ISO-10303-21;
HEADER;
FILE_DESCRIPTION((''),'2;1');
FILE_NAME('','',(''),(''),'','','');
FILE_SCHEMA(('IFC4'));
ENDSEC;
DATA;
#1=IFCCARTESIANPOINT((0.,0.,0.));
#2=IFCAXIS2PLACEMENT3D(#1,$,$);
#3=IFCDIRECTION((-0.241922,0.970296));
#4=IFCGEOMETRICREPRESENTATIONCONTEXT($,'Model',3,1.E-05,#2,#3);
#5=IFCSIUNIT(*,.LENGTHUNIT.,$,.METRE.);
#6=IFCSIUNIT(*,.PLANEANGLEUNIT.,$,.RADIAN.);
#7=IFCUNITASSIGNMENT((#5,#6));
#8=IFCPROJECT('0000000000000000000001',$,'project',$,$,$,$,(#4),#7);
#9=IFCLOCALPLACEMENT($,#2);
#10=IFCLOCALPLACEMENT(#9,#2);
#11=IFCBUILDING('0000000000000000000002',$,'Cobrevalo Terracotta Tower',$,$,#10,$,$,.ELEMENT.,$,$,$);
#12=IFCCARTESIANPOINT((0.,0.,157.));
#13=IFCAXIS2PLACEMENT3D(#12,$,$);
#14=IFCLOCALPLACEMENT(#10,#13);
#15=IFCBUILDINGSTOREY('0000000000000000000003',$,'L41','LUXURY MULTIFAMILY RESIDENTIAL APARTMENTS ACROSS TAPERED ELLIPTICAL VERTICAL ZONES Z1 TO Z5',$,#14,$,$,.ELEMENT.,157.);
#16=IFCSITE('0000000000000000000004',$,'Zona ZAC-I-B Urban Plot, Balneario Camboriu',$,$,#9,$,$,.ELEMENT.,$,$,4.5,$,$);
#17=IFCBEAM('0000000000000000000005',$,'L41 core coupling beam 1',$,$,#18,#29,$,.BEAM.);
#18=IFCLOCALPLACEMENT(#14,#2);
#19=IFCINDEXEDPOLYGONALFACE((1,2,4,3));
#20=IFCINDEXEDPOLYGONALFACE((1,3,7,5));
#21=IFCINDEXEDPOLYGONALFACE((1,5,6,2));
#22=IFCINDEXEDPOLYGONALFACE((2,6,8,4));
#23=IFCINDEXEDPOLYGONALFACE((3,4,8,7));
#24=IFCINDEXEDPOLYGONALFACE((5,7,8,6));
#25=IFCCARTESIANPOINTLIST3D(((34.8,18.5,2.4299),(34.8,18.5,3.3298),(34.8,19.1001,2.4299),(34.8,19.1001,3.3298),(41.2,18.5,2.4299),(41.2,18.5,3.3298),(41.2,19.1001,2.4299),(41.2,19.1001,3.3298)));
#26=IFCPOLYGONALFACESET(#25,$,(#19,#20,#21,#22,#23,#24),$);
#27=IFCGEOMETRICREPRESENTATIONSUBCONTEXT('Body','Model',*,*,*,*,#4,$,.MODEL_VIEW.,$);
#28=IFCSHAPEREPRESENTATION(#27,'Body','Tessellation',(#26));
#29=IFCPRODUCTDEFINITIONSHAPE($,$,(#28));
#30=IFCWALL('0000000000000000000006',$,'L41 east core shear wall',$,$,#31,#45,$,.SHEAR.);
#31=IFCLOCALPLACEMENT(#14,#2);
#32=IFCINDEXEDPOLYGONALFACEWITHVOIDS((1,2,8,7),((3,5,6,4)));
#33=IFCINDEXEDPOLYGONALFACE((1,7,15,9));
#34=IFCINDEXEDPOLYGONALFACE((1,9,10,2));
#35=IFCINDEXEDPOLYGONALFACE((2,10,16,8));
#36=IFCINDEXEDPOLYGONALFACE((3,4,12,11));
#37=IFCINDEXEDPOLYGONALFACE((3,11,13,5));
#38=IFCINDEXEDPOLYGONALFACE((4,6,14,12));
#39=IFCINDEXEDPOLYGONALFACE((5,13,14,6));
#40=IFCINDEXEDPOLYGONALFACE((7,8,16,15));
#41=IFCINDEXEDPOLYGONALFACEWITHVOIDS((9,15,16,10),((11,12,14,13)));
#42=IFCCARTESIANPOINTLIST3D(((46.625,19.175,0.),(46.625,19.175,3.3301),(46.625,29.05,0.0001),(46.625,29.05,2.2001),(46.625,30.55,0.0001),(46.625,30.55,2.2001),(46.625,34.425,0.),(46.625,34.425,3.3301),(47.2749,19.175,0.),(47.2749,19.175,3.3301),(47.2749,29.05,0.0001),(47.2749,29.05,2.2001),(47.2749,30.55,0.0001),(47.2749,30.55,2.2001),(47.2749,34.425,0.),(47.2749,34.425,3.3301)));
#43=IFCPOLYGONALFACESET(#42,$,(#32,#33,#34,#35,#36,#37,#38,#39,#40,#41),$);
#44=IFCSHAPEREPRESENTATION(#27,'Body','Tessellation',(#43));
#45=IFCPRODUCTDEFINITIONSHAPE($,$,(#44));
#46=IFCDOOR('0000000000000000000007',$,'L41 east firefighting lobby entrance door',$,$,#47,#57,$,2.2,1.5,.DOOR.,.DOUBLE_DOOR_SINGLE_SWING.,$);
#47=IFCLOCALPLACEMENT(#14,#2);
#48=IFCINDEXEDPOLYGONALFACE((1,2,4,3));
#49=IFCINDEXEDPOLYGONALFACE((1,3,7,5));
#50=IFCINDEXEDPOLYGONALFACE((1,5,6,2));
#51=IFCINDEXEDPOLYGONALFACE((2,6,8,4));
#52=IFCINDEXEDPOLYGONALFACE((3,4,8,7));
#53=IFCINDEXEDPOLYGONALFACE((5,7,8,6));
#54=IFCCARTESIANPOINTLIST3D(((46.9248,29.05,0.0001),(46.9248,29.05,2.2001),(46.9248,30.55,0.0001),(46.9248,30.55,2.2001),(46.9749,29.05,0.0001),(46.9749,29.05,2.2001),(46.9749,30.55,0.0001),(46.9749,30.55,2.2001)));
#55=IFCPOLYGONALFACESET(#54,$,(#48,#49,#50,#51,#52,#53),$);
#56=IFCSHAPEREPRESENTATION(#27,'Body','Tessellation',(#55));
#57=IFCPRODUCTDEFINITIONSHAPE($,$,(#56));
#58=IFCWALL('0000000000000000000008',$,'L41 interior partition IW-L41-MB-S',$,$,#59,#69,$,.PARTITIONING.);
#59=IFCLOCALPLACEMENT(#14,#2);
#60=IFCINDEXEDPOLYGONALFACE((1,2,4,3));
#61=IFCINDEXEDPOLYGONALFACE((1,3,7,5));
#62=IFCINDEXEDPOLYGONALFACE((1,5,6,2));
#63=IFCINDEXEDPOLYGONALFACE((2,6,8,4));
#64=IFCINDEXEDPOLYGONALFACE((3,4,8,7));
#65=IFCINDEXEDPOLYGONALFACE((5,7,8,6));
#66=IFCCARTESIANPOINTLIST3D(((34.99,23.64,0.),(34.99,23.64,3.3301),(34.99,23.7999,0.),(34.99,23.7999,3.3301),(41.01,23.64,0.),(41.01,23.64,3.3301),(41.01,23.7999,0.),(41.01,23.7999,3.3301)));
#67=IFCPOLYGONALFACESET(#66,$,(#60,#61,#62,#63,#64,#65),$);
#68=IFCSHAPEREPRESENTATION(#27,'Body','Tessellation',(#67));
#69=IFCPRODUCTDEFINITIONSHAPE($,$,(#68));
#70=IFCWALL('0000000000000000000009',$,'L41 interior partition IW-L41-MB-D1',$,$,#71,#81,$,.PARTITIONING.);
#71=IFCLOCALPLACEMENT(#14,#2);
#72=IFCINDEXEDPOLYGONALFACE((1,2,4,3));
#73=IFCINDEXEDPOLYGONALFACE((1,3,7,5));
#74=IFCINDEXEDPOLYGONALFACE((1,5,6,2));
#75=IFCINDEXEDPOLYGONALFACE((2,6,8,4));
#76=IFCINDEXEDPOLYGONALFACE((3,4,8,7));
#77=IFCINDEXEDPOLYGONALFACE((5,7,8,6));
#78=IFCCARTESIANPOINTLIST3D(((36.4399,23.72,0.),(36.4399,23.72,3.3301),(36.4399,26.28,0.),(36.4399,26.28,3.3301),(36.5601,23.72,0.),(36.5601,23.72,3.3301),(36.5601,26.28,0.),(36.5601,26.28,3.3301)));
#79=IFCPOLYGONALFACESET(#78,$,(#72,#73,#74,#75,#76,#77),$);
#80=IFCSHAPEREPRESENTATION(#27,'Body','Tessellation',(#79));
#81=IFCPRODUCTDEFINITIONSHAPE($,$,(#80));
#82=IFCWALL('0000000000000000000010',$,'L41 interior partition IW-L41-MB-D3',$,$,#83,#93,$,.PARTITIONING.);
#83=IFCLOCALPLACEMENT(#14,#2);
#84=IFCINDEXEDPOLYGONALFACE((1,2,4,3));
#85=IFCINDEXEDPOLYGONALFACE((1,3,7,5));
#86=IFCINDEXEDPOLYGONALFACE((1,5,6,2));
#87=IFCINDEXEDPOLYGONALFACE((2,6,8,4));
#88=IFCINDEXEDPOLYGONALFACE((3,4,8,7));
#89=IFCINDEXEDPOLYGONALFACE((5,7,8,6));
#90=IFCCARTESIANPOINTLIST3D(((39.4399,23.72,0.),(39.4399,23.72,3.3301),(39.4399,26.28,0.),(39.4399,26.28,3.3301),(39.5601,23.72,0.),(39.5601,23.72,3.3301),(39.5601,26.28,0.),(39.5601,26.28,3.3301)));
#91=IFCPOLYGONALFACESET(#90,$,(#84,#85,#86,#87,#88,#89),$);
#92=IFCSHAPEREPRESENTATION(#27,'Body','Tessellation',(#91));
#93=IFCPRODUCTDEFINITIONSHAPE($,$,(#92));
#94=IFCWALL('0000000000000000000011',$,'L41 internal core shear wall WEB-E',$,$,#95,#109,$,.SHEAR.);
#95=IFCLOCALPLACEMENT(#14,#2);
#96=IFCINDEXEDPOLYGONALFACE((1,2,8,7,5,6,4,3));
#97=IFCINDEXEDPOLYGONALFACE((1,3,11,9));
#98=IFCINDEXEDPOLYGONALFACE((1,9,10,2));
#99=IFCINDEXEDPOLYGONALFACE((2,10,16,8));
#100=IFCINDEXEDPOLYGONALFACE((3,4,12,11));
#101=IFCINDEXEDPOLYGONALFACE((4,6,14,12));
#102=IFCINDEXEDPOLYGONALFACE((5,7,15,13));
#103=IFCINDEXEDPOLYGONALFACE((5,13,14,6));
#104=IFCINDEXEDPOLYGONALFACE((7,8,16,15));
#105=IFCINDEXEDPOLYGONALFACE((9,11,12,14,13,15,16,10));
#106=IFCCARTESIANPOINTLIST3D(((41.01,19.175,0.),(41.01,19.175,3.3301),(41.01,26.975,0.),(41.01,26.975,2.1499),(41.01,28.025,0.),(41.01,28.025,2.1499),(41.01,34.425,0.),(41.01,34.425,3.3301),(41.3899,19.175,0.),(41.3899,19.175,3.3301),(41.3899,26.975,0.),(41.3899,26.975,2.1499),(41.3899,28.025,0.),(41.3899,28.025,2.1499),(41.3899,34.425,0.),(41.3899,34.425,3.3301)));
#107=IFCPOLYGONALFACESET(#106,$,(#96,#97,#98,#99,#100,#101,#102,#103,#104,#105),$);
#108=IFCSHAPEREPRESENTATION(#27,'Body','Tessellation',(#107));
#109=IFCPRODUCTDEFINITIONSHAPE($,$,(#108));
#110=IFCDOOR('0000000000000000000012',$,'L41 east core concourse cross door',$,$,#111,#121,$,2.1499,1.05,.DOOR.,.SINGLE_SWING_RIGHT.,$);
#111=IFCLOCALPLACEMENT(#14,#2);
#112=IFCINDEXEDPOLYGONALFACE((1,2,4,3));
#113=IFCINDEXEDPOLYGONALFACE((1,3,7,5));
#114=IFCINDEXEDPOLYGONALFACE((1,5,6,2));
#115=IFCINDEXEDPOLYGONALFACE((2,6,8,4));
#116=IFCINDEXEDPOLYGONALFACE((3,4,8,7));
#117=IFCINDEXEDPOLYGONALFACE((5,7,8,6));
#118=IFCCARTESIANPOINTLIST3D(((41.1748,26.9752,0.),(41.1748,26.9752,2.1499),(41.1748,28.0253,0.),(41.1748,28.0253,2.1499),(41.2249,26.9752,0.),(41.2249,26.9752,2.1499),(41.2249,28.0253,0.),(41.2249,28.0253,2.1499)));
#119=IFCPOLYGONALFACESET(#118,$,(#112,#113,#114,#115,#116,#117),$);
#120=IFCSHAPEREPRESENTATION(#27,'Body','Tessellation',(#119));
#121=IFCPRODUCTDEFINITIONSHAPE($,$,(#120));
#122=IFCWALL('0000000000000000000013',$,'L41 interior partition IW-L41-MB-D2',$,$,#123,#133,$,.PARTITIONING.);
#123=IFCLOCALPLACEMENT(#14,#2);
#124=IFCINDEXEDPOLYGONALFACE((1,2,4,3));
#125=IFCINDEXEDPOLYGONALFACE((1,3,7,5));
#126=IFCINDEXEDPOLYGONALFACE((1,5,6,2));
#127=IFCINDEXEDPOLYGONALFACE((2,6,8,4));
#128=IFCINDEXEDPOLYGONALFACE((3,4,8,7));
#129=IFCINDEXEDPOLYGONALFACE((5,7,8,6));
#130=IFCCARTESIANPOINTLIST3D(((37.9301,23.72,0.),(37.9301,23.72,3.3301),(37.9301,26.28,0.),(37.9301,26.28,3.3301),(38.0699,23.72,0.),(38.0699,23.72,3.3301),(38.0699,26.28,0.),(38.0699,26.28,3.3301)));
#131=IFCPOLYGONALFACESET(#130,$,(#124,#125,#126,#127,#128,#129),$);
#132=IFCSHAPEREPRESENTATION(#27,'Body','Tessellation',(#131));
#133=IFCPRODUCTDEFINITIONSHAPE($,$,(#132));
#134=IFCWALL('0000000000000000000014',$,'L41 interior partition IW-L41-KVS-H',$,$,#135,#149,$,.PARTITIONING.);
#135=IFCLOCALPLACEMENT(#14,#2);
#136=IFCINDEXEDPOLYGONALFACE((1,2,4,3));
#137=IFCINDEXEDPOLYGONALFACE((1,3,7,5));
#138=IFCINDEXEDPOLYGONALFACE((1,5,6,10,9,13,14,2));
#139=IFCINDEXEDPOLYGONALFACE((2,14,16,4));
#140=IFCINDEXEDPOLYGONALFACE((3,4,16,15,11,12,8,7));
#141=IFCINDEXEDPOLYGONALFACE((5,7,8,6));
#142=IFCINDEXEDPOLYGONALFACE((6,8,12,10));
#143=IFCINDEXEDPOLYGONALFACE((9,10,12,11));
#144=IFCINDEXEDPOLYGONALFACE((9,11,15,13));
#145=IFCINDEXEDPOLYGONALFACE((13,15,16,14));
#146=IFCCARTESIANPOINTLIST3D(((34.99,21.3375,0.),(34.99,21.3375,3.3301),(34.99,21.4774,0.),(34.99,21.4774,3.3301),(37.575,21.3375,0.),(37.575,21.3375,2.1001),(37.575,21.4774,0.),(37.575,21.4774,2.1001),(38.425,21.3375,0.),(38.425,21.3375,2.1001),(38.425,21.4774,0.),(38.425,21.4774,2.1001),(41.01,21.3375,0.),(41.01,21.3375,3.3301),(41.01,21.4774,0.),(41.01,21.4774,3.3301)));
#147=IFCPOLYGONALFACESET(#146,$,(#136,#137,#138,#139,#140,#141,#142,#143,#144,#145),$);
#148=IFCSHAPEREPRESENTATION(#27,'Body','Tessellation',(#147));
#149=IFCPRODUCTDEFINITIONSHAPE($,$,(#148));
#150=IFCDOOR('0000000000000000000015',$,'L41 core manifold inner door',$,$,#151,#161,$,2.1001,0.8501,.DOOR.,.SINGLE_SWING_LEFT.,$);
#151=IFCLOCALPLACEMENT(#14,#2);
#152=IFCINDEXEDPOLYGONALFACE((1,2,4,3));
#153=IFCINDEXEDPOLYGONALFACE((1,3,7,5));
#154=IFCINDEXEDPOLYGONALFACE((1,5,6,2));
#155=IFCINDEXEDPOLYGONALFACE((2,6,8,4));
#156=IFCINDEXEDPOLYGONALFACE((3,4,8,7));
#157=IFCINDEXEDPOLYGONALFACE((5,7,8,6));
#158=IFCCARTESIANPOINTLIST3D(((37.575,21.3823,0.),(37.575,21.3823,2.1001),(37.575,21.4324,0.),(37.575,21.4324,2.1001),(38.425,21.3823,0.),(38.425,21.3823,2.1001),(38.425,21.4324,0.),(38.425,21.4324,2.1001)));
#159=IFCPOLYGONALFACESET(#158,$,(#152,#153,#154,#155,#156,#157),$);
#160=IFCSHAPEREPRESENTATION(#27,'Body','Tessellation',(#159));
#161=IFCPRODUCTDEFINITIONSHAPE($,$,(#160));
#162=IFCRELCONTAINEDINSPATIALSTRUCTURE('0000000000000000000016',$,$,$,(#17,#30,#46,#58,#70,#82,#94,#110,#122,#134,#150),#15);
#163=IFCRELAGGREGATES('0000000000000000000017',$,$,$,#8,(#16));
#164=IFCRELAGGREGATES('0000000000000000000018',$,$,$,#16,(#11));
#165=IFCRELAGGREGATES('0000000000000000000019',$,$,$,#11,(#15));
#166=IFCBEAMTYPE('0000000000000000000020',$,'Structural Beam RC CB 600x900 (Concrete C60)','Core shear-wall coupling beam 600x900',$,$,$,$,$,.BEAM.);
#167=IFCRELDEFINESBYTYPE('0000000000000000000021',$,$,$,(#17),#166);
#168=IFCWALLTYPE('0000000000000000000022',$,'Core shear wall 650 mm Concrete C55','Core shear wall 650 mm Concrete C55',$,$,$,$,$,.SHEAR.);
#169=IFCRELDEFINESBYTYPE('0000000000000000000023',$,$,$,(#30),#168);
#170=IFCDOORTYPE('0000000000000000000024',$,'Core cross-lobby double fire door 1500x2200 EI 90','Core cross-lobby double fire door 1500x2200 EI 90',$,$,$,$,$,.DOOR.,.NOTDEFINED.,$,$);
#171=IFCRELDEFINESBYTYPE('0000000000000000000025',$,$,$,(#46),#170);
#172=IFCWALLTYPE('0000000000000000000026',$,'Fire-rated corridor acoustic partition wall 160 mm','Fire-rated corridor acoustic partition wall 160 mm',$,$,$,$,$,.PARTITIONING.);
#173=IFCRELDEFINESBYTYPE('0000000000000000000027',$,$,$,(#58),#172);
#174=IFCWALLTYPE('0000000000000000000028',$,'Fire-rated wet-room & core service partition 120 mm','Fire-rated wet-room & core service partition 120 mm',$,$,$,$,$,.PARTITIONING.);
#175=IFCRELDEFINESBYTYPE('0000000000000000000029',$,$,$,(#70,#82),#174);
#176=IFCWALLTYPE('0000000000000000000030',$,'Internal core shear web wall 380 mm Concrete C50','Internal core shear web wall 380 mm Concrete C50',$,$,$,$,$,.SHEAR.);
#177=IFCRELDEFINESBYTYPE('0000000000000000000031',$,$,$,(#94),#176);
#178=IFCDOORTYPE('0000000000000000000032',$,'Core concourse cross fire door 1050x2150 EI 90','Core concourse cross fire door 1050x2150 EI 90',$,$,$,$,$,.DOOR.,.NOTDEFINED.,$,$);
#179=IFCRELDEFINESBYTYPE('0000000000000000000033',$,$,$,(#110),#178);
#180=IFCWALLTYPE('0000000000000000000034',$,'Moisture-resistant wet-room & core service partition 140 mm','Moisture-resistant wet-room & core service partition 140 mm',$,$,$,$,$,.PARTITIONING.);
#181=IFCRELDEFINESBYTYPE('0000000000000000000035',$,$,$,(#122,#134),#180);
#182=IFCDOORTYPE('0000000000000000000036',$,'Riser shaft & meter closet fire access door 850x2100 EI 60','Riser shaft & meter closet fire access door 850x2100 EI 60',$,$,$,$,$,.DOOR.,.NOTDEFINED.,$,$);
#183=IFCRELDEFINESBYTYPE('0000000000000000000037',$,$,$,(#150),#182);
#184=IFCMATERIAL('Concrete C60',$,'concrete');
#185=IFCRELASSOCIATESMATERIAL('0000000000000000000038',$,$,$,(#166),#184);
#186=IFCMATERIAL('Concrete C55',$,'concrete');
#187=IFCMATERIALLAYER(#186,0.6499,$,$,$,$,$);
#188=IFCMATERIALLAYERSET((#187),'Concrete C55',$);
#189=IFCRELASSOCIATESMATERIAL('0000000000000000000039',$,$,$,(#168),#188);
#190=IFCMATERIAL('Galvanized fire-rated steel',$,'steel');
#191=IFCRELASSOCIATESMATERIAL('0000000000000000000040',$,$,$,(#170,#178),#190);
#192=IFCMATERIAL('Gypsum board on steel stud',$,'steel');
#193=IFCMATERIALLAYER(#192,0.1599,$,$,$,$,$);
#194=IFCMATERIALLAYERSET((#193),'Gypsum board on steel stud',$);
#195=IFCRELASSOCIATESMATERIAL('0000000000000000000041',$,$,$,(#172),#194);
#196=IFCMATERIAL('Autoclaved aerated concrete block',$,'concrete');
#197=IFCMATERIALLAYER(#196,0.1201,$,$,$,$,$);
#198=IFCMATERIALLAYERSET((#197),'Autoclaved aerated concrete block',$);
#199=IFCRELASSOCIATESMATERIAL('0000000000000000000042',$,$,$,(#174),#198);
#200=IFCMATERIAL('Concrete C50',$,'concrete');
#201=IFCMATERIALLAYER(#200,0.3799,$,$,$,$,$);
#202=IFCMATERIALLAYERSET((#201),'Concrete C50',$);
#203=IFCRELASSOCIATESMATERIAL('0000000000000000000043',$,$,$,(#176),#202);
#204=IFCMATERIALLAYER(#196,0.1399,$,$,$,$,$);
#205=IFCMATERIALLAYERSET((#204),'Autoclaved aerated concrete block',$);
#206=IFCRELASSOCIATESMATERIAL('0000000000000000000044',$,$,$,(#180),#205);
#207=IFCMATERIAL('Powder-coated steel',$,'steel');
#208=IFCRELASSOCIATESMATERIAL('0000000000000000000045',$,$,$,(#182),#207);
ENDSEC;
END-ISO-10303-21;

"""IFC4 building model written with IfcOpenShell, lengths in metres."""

from ifc_helpers import new_model, si_unit, direction, frame, frame_2d, origin, origin_2d, place, context, subcontext, project, spatial, rectangle, extrude, source, transform, mapped, material, layer, layer_set, material_profile, profile_set, type_object, element, fill, save


model = new_model("IFC4")

# Units and contexts
model_context = context("Model", 3, precision=1e-05, world=origin(), true_north=direction((-0.241922, 0.970296)))
body_context = subcontext(model_context, "Body", "Model", "MODEL_VIEW")
ifc_project = project(units=[si_unit("LENGTHUNIT", "METRE"), si_unit("PLANEANGLEUNIT", "RADIAN")], contexts=[model_context])

# Site, building, storey
site_placement = place(None, origin())
site = spatial("IfcSite", under=ifc_project, at=site_placement, Name="Zona ZAC-I-B Urban Plot, Balneario Camboriu", CompositionType="ELEMENT", RefElevation=4.5)
building_placement = place(site_placement, origin())
building = spatial("IfcBuilding", under=site, at=building_placement, Name="Cobrevalo Terracotta Tower", CompositionType="ELEMENT")
storey_placement = place(building_placement, frame((0.0, 0.0, 157.0)))
storey = spatial("IfcBuildingStorey", under=building, at=storey_placement, Name="L41", Description="LUXURY MULTIFAMILY RESIDENTIAL APARTMENTS ACROSS TAPERED ELLIPTICAL VERTICAL ZONES Z1 TO Z5", CompositionType="ELEMENT", Elevation=157.0)

# Beam
ifc_material_1 = material(Name="Concrete C60", Category="concrete")
ifc_material_profile = material_profile(ifc_material_1, rectangle(XDim=0.6001, YDim=0.8999, at=origin_2d()), Name="RC CB 600x900")
ifc_profile_set = profile_set([ifc_material_profile], Name="Concrete C60")
beam_type = type_object("IfcBeamType", Name="Structural Beam RC CB 600x900 (Concrete C60)", Description="Core shear-wall coupling beam 600x900", PredefinedType="BEAM", material=ifc_profile_set)
beam_placement = place(storey_placement, frame((34.8, 18.8, 2.8799), z_axis=(1.0, 0.0, 0.0), x_axis=(0.0, 1.0, 0.0)))
element("IfcBeam", 1, at=beam_placement, inside=storey, type_object=beam_type, Name="L41 core coupling beam 1", PredefinedType="BEAM", context=body_context, shape_type="SweptSolid", body=[
    extrude(rectangle(XDim=0.6001, YDim=0.8999, at=origin_2d()), origin(), (0.0, 0.0, 1.0), 6.3999),
])

# Wall, opening, door
ifc_material_2 = material(Name="Concrete C55", Category="concrete")
ifc_layer_1 = layer(ifc_material_2, 0.6499)
ifc_layer_set_1 = layer_set([ifc_layer_1], Name="Concrete C55")
wall_type_1 = type_object("IfcWallType", Name="Core shear wall 650 mm Concrete C55", Description="Core shear wall 650 mm Concrete C55", PredefinedType="SHEAR", material=ifc_layer_set_1)
wall_1_placement = place(storey_placement, frame((46.95, 19.175, 0.0), z_axis=(0.0, 0.0, 1.0), x_axis=(0.0, 1.0, 0.0)))
wall_1 = element("IfcWall", 2, at=wall_1_placement, inside=storey, type_object=wall_type_1, Name="L41 east core shear wall", PredefinedType="SHEAR", context=body_context, shape_type="SweptSolid", body=[
    extrude(rectangle(XDim=15.25, YDim=0.6499, at=frame_2d((7.625, 0.0))), origin(), (0.0, 0.0, 1.0), 3.3301),
])
opening_1_placement = place(wall_1_placement, frame((9.875, 0.0, 0.0)))
opening_1 = element("IfcOpeningElement", 3, at=opening_1_placement, cuts=wall_1, PredefinedType="OPENING", context=body_context, shape_type="SweptSolid", body=[
    extrude(rectangle(XDim=1.5, YDim=2.2, at=frame_2d((0.75, 1.1001))), frame((0.0, 0.335, 0.0), z_axis=(0.0, -1.0, 0.0), x_axis=(1.0, 0.0, 0.0)), (0.0, 0.0, 1.0), 0.6699),
])
ifc_material_3 = material(Name="Galvanized fire-rated steel", Category="steel")
door_type_1 = type_object("IfcDoorType", Name="Core cross-lobby double fire door 1500x2200 EI 90", Description="Core cross-lobby double fire door 1500x2200 EI 90", OperationType="NOTDEFINED", PredefinedType="DOOR", material=ifc_material_3)
shared_shape_1 = source(origin(), body_context, "Body", "SweptSolid", [
    extrude(rectangle(XDim=1.5, YDim=2.2, at=frame_2d((0.75, 1.1001))), frame((0.0, 0.0249, 0.0), z_axis=(0.0, -1.0, 0.0), x_axis=(1.0, 0.0, 0.0)), (0.0, 0.0, 1.0), 0.05),
])
door_1_placement = place(opening_1_placement, frame((1.5, 0.0, 0.0), z_axis=(0.0, 0.0, 1.0), x_axis=(-1.0, 0.0, 0.0)))
door_1 = element("IfcDoor", 4, at=door_1_placement, inside=storey, type_object=door_type_1, Name="L41 east firefighting lobby entrance door", OperationType="DOUBLE_DOOR_SINGLE_SWING", OverallHeight=2.2, OverallWidth=1.5, PredefinedType="DOOR", context=body_context, shape_type="MappedRepresentation", body=[
    mapped(shared_shape_1, transform((0.0, 0.0, 0.0), scale=1.0)),
])
fill(opening_1, door_1)

# Walls
ifc_material_4 = material(Name="Gypsum board on steel stud", Category="steel")
ifc_layer_2 = layer(ifc_material_4, 0.1599)
ifc_layer_set_2 = layer_set([ifc_layer_2], Name="Gypsum board on steel stud")
wall_type_2 = type_object("IfcWallType", Name="Fire-rated corridor acoustic partition wall 160 mm", Description="Fire-rated corridor acoustic partition wall 160 mm", PredefinedType="PARTITIONING", material=ifc_layer_set_2)
wall_2_placement = place(storey_placement, frame((34.99, 23.72, 0.0), z_axis=(0.0, 0.0, 1.0), x_axis=(1.0, 0.0, 0.0)))
element("IfcWall", 5, at=wall_2_placement, inside=storey, type_object=wall_type_2, Name="L41 interior partition IW-L41-MB-S", PredefinedType="PARTITIONING", context=body_context, shape_type="SweptSolid", body=[
    extrude(rectangle(XDim=6.02, YDim=0.1599, at=frame_2d((3.01, 0.0))), origin(), (0.0, 0.0, 1.0), 3.3301),
])
ifc_material_5 = material(Name="Autoclaved aerated concrete block", Category="concrete")
ifc_layer_3 = layer(ifc_material_5, 0.1201)
ifc_layer_set_3 = layer_set([ifc_layer_3], Name="Autoclaved aerated concrete block")
wall_type_3 = type_object("IfcWallType", Name="Fire-rated wet-room & core service partition 120 mm", Description="Fire-rated wet-room & core service partition 120 mm", PredefinedType="PARTITIONING", material=ifc_layer_set_3)
for number, where, z_axis, x_axis, name in (
    (6, (36.5, 23.72, 0.0), (0.0, 0.0, 1.0), (0.0, 1.0, 0.0), "L41 interior partition IW-L41-MB-D1"),
    (7, (39.5, 23.72, 0.0), (0.0, 0.0, 1.0), (0.0, 1.0, 0.0), "L41 interior partition IW-L41-MB-D3"),
):
    element("IfcWall", number, at=place(storey_placement, frame(where, z_axis=z_axis, x_axis=x_axis)), inside=storey, type_object=wall_type_3, Name=name, PredefinedType="PARTITIONING", context=body_context, shape_type="SweptSolid", body=[
        extrude(rectangle(XDim=2.5601, YDim=0.1201, at=frame_2d((1.28, 0.0))), origin(), (0.0, 0.0, 1.0), 3.3301),
    ])

# Wall, opening, door
ifc_material_6 = material(Name="Concrete C50", Category="concrete")
ifc_layer_4 = layer(ifc_material_6, 0.3799)
ifc_layer_set_4 = layer_set([ifc_layer_4], Name="Concrete C50")
wall_type_4 = type_object("IfcWallType", Name="Internal core shear web wall 380 mm Concrete C50", Description="Internal core shear web wall 380 mm Concrete C50", PredefinedType="SHEAR", material=ifc_layer_set_4)
wall_3_placement = place(storey_placement, frame((41.2, 19.175, 0.0), z_axis=(0.0, 0.0, 1.0), x_axis=(0.0, 1.0, 0.0)))
wall_3 = element("IfcWall", 8, at=wall_3_placement, inside=storey, type_object=wall_type_4, Name="L41 internal core shear wall WEB-E", PredefinedType="SHEAR", context=body_context, shape_type="SweptSolid", body=[
    extrude(rectangle(XDim=15.25, YDim=0.3799, at=frame_2d((7.625, 0.0))), origin(), (0.0, 0.0, 1.0), 3.3301),
])
opening_2_placement = place(wall_3_placement, frame((7.8, 0.0, 0.0)))
opening_2 = element("IfcOpeningElement", 9, at=opening_2_placement, cuts=wall_3, PredefinedType="OPENING", context=body_context, shape_type="SweptSolid", body=[
    extrude(rectangle(XDim=1.05, YDim=2.1499, at=frame_2d((0.5249, 1.075))), frame((0.0, 0.2, 0.0), z_axis=(0.0, -1.0, 0.0), x_axis=(1.0, 0.0, 0.0)), (0.0, 0.0, 1.0), 0.3999),
])
door_type_2 = type_object("IfcDoorType", Name="Core concourse cross fire door 1050x2150 EI 90", Description="Core concourse cross fire door 1050x2150 EI 90", OperationType="NOTDEFINED", PredefinedType="DOOR", material=ifc_material_3)
shared_shape_2 = source(origin(), body_context, "Body", "SweptSolid", [
    extrude(rectangle(XDim=1.05, YDim=2.1499, at=frame_2d((0.5249, 1.075))), frame((0.0, 0.0249, 0.0), z_axis=(0.0, -1.0, 0.0), x_axis=(1.0, 0.0, 0.0)), (0.0, 0.0, 1.0), 0.05),
])
door_2_placement = place(opening_2_placement, frame((1.05, 0.0, 0.0), z_axis=(0.0, 0.0, 1.0), x_axis=(-1.0, 0.0, 0.0)))
door_2 = element("IfcDoor", 10, at=door_2_placement, inside=storey, type_object=door_type_2, Name="L41 east core concourse cross door", OperationType="SINGLE_SWING_RIGHT", OverallHeight=2.1499, OverallWidth=1.05, PredefinedType="DOOR", context=body_context, shape_type="MappedRepresentation", body=[
    mapped(shared_shape_2, transform((0.0, 0.0, 0.0), scale=1.0)),
])
fill(opening_2, door_2)

# Wall
ifc_layer_5 = layer(ifc_material_5, 0.1399)
ifc_layer_set_5 = layer_set([ifc_layer_5], Name="Autoclaved aerated concrete block")
wall_type_5 = type_object("IfcWallType", Name="Moisture-resistant wet-room & core service partition 140 mm", Description="Moisture-resistant wet-room & core service partition 140 mm", PredefinedType="PARTITIONING", material=ifc_layer_set_5)
wall_4_placement = place(storey_placement, frame((38.0, 23.72, 0.0), z_axis=(0.0, 0.0, 1.0), x_axis=(0.0, 1.0, 0.0)))
element("IfcWall", 11, at=wall_4_placement, inside=storey, type_object=wall_type_5, Name="L41 interior partition IW-L41-MB-D2", PredefinedType="PARTITIONING", context=body_context, shape_type="SweptSolid", body=[
    extrude(rectangle(XDim=2.5601, YDim=0.1399, at=frame_2d((1.28, 0.0))), origin(), (0.0, 0.0, 1.0), 3.3301),
])

# Wall, opening, door
wall_5_placement = place(storey_placement, frame((34.99, 21.4075, 0.0), z_axis=(0.0, 0.0, 1.0), x_axis=(1.0, 0.0, 0.0)))
wall_5 = element("IfcWall", 12, at=wall_5_placement, inside=storey, type_object=wall_type_5, Name="L41 interior partition IW-L41-KVS-H", PredefinedType="PARTITIONING", context=body_context, shape_type="SweptSolid", body=[
    extrude(rectangle(XDim=6.02, YDim=0.1399, at=frame_2d((3.01, 0.0))), origin(), (0.0, 0.0, 1.0), 3.3301),
])
opening_3_placement = place(wall_5_placement, frame((2.585, 0.0, 0.0)))
opening_3 = element("IfcOpeningElement", 13, at=opening_3_placement, cuts=wall_5, PredefinedType="OPENING", context=body_context, shape_type="SweptSolid", body=[
    extrude(rectangle(XDim=0.8501, YDim=2.1001, at=frame_2d((0.425, 1.05))), frame((0.0, 0.0801, 0.0), z_axis=(0.0, -1.0, 0.0), x_axis=(1.0, 0.0, 0.0)), (0.0, 0.0, 1.0), 0.1599),
])
ifc_material_7 = material(Name="Powder-coated steel", Category="steel")
door_type_3 = type_object("IfcDoorType", Name="Riser shaft & meter closet fire access door 850x2100 EI 60", Description="Riser shaft & meter closet fire access door 850x2100 EI 60", OperationType="NOTDEFINED", PredefinedType="DOOR", material=ifc_material_7)
shared_shape_3 = source(origin(), body_context, "Body", "SweptSolid", [
    extrude(rectangle(XDim=0.8501, YDim=2.1001, at=frame_2d((0.425, 1.05))), frame((0.0, 0.0249, 0.0), z_axis=(0.0, -1.0, 0.0), x_axis=(1.0, 0.0, 0.0)), (0.0, 0.0, 1.0), 0.05),
])
door_3_placement = place(opening_3_placement, origin())
door_3 = element("IfcDoor", 14, at=door_3_placement, inside=storey, type_object=door_type_3, Name="L41 core manifold inner door", OperationType="SINGLE_SWING_LEFT", OverallHeight=2.1001, OverallWidth=0.8501, PredefinedType="DOOR", context=body_context, shape_type="MappedRepresentation", body=[
    mapped(shared_shape_3, transform((0.0, 0.0, 0.0), scale=1.0)),
])
fill(opening_3, door_3)

save(model, "model.ifc")
